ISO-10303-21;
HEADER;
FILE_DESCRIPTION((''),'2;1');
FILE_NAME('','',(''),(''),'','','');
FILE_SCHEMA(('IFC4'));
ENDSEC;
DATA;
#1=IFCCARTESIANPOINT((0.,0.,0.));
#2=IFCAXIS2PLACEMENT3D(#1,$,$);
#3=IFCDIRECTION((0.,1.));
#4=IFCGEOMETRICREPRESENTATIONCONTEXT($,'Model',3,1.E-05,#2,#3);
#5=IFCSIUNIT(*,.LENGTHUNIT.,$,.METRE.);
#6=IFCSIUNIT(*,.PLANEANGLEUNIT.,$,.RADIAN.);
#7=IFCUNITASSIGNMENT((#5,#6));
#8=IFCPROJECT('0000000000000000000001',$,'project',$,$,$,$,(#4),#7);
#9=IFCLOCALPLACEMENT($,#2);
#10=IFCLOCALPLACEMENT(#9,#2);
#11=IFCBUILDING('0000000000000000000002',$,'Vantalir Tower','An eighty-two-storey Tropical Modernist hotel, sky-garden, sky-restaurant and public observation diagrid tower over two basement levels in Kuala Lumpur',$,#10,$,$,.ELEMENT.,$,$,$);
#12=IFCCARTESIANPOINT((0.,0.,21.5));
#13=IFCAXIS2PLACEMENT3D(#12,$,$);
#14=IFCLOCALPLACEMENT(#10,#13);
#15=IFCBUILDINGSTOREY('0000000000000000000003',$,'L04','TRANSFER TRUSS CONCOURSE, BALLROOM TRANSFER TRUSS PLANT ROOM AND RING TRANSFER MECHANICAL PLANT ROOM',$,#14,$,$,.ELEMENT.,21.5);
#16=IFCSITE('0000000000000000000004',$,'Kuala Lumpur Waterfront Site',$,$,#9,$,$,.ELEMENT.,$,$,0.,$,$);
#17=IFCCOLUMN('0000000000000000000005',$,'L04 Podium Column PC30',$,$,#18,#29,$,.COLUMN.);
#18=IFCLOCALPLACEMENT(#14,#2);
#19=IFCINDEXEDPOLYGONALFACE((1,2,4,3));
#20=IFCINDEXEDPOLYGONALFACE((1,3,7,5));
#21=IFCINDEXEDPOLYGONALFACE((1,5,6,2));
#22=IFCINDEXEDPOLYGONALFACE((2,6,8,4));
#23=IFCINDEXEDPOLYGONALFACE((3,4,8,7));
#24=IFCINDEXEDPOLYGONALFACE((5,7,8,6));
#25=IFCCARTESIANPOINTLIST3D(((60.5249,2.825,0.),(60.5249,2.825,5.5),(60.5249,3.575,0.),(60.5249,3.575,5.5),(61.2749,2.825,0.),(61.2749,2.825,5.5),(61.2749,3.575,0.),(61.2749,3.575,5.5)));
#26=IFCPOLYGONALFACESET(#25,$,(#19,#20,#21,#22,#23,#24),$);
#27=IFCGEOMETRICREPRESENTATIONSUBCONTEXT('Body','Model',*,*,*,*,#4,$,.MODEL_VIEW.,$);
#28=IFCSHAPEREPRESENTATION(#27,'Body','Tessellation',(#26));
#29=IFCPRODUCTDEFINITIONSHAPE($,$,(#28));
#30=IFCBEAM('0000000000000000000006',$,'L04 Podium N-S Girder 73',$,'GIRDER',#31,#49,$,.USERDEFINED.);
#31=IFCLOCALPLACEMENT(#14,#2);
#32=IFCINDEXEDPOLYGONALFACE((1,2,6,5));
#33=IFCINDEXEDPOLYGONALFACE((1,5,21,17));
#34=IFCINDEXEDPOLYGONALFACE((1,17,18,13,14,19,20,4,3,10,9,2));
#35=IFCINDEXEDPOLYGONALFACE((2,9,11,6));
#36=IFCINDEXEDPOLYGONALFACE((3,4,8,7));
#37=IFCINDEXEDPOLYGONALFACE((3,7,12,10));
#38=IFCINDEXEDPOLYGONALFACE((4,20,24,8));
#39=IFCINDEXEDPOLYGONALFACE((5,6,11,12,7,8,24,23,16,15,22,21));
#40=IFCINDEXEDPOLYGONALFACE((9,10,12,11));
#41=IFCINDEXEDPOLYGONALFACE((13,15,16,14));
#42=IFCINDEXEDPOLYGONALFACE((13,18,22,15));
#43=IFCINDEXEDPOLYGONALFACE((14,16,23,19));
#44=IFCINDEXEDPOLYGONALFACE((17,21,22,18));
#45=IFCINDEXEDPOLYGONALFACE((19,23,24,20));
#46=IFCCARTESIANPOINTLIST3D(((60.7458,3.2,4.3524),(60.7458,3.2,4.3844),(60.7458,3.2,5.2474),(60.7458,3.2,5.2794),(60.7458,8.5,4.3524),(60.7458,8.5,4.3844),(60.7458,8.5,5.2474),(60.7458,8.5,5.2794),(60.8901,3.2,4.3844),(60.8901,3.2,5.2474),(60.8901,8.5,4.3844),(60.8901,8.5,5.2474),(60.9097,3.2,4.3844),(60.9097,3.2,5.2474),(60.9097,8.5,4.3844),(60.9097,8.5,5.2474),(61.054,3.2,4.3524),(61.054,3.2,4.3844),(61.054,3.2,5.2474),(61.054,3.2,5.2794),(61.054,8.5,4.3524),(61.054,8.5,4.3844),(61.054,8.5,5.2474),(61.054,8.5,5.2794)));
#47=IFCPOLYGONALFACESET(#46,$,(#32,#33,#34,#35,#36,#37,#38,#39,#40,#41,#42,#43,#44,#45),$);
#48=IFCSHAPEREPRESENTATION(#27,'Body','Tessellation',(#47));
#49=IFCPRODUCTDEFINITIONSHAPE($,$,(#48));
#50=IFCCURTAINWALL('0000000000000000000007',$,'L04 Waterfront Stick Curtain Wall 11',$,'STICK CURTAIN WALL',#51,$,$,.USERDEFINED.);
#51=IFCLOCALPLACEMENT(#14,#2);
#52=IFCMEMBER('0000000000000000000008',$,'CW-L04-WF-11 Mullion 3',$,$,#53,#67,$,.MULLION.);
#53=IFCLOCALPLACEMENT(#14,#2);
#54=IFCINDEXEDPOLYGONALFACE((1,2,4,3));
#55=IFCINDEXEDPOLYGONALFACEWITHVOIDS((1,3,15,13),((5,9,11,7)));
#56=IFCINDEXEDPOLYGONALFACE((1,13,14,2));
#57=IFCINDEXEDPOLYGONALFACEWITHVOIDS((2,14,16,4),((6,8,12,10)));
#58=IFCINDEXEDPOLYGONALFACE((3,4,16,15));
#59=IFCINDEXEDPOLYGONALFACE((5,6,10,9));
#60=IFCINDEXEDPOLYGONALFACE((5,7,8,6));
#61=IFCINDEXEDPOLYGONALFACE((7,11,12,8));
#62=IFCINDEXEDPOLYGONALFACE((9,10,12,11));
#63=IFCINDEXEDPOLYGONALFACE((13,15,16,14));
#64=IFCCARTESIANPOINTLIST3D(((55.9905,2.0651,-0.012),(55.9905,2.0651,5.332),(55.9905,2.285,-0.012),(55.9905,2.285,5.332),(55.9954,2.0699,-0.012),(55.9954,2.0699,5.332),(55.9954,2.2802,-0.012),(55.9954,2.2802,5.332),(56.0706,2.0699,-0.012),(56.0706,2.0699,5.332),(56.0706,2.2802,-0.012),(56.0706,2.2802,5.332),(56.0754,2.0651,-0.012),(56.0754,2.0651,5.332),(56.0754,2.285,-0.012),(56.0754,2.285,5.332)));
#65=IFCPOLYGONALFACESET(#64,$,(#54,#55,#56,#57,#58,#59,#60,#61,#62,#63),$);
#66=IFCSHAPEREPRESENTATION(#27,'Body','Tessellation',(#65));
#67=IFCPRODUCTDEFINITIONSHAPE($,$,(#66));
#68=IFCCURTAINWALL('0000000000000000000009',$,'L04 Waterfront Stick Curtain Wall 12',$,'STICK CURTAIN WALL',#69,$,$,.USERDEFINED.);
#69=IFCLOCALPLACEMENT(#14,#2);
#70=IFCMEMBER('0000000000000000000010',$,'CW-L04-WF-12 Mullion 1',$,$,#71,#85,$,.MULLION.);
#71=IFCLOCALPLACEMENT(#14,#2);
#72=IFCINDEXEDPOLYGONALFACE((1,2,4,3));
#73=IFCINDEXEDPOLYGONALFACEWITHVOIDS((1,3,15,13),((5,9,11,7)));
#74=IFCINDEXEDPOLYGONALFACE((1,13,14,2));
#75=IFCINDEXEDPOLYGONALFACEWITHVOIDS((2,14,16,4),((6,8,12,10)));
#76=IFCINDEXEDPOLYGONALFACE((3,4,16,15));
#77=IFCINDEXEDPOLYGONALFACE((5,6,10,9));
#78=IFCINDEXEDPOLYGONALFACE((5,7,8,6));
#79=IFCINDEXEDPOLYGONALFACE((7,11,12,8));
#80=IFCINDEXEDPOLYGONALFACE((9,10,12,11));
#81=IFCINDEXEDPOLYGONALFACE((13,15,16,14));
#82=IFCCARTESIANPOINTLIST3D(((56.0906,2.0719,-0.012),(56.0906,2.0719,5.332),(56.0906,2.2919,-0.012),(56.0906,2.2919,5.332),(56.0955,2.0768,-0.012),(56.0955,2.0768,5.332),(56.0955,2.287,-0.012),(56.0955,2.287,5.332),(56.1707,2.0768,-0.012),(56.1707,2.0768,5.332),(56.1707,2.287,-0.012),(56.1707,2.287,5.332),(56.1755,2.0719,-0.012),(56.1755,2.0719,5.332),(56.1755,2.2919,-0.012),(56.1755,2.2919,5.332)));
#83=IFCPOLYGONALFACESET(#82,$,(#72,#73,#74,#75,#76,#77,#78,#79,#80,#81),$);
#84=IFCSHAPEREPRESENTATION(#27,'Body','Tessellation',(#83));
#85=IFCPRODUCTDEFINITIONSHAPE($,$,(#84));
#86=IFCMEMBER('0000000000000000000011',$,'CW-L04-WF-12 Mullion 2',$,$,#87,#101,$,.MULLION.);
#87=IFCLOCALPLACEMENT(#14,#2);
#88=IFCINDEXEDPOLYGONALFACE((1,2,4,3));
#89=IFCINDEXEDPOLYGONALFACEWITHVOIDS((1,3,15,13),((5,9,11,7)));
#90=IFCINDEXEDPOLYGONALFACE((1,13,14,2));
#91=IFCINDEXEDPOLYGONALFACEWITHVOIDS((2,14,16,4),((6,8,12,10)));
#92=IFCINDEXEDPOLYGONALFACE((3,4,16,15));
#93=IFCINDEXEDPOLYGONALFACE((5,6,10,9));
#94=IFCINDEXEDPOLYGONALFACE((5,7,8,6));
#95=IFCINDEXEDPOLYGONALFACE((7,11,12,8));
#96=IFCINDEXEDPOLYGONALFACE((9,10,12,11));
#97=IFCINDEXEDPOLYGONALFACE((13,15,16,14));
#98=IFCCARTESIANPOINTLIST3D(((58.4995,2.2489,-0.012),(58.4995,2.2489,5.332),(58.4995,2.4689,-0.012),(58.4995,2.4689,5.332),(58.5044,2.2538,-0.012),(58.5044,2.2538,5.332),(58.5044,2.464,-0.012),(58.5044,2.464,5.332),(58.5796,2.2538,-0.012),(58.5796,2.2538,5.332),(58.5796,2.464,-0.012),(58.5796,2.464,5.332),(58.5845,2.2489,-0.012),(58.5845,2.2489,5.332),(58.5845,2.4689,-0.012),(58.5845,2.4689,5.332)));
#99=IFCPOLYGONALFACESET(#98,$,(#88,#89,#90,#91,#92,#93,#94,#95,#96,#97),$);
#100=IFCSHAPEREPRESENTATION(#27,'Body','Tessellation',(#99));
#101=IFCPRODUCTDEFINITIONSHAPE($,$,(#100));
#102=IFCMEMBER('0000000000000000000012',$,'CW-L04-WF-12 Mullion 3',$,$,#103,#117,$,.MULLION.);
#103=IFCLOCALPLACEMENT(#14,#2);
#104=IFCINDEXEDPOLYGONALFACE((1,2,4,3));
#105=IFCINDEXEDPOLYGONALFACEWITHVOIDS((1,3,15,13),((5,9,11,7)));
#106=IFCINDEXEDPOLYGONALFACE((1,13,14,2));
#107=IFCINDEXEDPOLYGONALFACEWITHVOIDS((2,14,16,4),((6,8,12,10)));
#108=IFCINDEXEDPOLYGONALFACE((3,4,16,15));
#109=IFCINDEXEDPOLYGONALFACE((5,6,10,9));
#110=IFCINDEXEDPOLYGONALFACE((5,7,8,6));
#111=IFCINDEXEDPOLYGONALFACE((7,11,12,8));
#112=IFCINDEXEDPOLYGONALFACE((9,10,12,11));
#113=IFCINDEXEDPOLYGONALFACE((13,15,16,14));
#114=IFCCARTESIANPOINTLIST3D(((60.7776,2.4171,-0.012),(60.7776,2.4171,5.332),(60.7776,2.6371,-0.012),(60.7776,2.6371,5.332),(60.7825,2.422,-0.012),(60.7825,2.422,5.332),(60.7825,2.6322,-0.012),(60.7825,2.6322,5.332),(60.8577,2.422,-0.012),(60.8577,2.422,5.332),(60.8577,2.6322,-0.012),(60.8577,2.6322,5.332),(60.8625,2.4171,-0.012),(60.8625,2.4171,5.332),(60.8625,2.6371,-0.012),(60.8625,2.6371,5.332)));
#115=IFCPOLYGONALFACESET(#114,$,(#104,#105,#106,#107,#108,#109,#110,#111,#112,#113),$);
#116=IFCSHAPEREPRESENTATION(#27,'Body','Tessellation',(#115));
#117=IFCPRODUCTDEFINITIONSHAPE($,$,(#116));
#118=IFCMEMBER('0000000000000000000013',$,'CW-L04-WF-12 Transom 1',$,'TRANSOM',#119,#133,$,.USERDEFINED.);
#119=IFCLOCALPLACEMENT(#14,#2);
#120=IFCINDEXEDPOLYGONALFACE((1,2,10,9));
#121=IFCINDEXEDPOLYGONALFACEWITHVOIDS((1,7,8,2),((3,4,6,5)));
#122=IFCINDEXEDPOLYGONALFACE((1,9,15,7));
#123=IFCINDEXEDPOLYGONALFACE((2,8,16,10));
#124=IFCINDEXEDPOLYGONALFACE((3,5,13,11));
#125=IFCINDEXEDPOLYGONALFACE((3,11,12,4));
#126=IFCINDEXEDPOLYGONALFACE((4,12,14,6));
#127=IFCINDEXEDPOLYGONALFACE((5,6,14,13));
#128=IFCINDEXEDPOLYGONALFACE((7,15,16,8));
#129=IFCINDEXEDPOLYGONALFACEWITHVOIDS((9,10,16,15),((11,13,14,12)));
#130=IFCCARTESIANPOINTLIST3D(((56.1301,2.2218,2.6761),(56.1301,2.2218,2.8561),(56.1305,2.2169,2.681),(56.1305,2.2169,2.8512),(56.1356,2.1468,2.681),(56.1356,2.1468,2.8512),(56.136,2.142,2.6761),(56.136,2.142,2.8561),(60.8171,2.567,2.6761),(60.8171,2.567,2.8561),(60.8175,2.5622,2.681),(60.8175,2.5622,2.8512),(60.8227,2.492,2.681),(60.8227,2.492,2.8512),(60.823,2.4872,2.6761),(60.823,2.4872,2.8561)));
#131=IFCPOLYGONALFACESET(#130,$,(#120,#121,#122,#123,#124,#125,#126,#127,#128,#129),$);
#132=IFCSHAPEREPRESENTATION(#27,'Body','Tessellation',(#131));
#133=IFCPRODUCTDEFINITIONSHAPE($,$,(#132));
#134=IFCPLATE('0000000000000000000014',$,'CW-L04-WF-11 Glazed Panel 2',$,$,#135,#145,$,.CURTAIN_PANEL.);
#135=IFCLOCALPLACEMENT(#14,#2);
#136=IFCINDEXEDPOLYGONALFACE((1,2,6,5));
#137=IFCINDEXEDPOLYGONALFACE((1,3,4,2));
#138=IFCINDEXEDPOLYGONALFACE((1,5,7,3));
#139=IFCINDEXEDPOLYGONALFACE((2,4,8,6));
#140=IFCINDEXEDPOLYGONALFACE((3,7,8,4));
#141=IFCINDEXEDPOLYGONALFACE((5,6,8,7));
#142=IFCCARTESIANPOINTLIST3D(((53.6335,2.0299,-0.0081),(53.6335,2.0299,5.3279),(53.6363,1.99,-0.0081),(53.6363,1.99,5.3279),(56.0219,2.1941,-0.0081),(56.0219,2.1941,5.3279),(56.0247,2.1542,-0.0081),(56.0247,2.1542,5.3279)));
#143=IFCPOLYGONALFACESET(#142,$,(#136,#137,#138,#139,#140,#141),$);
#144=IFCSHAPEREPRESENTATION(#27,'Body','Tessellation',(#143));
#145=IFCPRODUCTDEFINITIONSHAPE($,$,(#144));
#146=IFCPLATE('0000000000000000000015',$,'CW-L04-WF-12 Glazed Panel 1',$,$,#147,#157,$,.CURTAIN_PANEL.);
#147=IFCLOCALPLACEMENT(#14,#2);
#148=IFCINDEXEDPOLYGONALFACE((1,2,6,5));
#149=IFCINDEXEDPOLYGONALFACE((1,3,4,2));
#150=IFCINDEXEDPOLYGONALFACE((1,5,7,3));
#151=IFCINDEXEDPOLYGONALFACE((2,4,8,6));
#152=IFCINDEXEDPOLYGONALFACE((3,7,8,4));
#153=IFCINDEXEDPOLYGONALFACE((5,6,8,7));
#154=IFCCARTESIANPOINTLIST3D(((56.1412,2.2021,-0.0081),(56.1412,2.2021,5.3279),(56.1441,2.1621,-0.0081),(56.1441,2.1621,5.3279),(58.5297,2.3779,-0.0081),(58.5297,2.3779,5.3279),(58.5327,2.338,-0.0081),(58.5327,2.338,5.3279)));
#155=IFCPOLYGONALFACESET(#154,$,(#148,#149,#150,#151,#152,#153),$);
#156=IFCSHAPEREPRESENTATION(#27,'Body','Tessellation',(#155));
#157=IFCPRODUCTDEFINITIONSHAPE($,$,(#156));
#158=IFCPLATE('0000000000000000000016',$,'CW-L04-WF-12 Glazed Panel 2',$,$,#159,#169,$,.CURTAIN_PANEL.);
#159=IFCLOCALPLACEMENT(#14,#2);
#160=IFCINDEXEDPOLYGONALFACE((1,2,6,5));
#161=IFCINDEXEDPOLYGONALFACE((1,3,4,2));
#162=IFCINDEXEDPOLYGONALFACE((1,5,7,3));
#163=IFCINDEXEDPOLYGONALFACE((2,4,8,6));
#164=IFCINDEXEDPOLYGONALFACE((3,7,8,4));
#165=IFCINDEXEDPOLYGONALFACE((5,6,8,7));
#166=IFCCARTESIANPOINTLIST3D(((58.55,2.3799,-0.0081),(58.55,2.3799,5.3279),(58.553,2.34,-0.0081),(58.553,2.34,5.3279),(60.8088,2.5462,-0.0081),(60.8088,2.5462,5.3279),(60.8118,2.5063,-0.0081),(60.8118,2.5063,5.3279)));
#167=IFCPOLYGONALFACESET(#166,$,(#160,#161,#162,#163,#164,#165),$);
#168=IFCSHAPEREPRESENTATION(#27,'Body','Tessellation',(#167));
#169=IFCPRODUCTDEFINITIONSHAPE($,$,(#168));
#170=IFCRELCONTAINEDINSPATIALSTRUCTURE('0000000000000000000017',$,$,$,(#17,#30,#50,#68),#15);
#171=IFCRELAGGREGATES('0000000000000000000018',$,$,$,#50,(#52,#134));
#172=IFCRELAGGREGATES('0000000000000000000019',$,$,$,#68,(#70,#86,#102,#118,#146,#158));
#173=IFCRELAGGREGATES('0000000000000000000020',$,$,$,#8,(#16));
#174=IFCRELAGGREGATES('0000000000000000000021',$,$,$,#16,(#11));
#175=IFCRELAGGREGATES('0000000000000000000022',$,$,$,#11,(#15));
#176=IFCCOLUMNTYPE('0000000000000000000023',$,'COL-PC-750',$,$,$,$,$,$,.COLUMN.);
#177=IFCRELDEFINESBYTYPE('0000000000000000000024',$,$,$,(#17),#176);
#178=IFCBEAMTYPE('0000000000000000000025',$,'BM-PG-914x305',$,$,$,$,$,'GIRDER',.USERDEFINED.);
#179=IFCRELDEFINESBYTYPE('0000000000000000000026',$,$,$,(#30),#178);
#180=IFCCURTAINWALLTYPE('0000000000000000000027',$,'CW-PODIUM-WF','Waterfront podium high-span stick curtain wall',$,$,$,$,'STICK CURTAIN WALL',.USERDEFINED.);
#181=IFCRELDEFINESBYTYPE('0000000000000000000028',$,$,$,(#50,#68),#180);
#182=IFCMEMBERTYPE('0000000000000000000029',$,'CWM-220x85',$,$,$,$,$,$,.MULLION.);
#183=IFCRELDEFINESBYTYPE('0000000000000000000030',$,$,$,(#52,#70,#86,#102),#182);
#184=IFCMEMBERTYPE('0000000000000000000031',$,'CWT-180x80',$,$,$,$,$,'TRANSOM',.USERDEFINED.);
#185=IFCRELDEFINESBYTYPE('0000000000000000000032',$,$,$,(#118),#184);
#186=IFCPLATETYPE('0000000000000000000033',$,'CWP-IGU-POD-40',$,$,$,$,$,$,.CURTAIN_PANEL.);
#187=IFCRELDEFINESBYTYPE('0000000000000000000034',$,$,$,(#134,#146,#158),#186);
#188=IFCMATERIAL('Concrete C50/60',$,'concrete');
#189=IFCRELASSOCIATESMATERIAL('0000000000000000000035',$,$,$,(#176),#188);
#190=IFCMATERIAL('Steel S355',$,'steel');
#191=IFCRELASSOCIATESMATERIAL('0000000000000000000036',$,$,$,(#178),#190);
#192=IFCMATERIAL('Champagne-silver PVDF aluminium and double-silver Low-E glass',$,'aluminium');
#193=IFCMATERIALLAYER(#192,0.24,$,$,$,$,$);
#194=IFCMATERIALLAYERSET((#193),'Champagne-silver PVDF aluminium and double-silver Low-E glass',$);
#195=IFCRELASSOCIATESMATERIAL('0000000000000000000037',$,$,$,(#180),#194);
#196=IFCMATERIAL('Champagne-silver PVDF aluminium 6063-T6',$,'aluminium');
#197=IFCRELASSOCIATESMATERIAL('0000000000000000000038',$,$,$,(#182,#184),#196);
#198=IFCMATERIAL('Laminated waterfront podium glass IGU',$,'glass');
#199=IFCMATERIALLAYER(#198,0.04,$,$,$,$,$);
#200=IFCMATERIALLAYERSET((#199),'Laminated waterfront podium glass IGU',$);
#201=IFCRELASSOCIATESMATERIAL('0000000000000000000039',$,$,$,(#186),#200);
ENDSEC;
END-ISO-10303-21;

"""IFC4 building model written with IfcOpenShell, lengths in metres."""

from ifc_helpers import new_model, si_unit, direction, frame, origin, origin_2d, place, context, subcontext, project, spatial, rectangle, hollow_rectangle, i_section, extrude, material, layer, layer_set, material_profile, profile_set, type_object, element, aggregate, save


model = new_model("IFC4")

# Units and contexts
model_context = context("Model", 3, precision=1e-05, world=origin(), true_north=direction((0.0, 1.0)))
body_context = subcontext(model_context, "Body", "Model", "MODEL_VIEW")
ifc_project = project(units=[si_unit("LENGTHUNIT", "METRE"), si_unit("PLANEANGLEUNIT", "RADIAN")], contexts=[model_context])

# Site, building, storey
site_placement = place(None, origin())
site = spatial("IfcSite", under=ifc_project, at=site_placement, Name="Kuala Lumpur Waterfront Site", CompositionType="ELEMENT", RefElevation=0.0)
building_placement = place(site_placement, origin())
building = spatial("IfcBuilding", under=site, at=building_placement, Name="Vantalir Tower", Description="An eighty-two-storey Tropical Modernist hotel, sky-garden, sky-restaurant and public observation diagrid tower over two basement levels in Kuala Lumpur", CompositionType="ELEMENT")
storey_placement = place(building_placement, frame((0.0, 0.0, 21.5)))
storey = spatial("IfcBuildingStorey", under=building, at=storey_placement, Name="L04", Description="TRANSFER TRUSS CONCOURSE, BALLROOM TRANSFER TRUSS PLANT ROOM AND RING TRANSFER MECHANICAL PLANT ROOM", CompositionType="ELEMENT", Elevation=21.5)

# Column
ifc_material_1 = material(Name="Concrete C50/60", Category="concrete")
ifc_material_profile_1 = material_profile(ifc_material_1, rectangle(XDim=0.75, YDim=0.75, at=origin_2d()), Name="Concrete C50/60")
ifc_profile_set_1 = profile_set([ifc_material_profile_1], Name="Concrete C50/60")
column_type = type_object("IfcColumnType", Name="COL-PC-750", PredefinedType="COLUMN", material=ifc_profile_set_1)
column_placement = place(storey_placement, frame((60.8999, 3.2, 0.0), z_axis=(0.0, 0.0, 1.0), x_axis=(1.0, 0.0, 0.0)))
element("IfcColumn", 1, at=column_placement, inside=storey, type_object=column_type, Name="L04 Podium Column PC30", PredefinedType="COLUMN", context=body_context, shape_type="SweptSolid", body=[
    extrude(rectangle(XDim=0.75, YDim=0.75, at=origin_2d()), origin(), (0.0, 0.0, 1.0), 5.5),
])

# Beam
ifc_material_2 = material(Name="Steel S355", Category="steel")
ifc_material_profile_2 = material_profile(ifc_material_2, i_section(OverallWidth=0.3081, OverallDepth=0.927, WebThickness=0.0195, FlangeThickness=0.032, at=origin_2d()), Name="Steel S355")
ifc_profile_set_2 = profile_set([ifc_material_profile_2], Name="Steel S355")
beam_type = type_object("IfcBeamType", Name="BM-PG-914x305", ElementType="GIRDER", PredefinedType="USERDEFINED", material=ifc_profile_set_2)
beam_placement = place(storey_placement, frame((60.8999, 3.2, 4.8159), z_axis=(0.0, 1.0, 0.0), x_axis=(-1.0, 0.0, 0.0)))
element("IfcBeam", 2, at=beam_placement, inside=storey, type_object=beam_type, Name="L04 Podium N-S Girder 73", ObjectType="GIRDER", PredefinedType="USERDEFINED", context=body_context, shape_type="SweptSolid", body=[
    extrude(i_section(OverallWidth=0.3081, OverallDepth=0.927, WebThickness=0.0195, FlangeThickness=0.032, at=origin_2d()), origin(), (0.0, 0.0, 1.0), 5.3),
])

# Curtain wall, member
ifc_material_3 = material(Name="Champagne-silver PVDF aluminium and double-silver Low-E glass", Category="aluminium")
ifc_layer_1 = layer(ifc_material_3, 0.24)
ifc_layer_set_1 = layer_set([ifc_layer_1], Name="Champagne-silver PVDF aluminium and double-silver Low-E glass")
curtain_wall_type = type_object("IfcCurtainWallType", Name="CW-PODIUM-WF", Description="Waterfront podium high-span stick curtain wall", ElementType="STICK CURTAIN WALL", PredefinedType="USERDEFINED", material=ifc_layer_set_1)
curtain_wall_1_placement = place(storey_placement, origin())
curtain_wall_1 = element("IfcCurtainWall", 3, at=curtain_wall_1_placement, inside=storey, type_object=curtain_wall_type, Name="L04 Waterfront Stick Curtain Wall 11", ObjectType="STICK CURTAIN WALL", PredefinedType="USERDEFINED")
ifc_material_4 = material(Name="Champagne-silver PVDF aluminium 6063-T6", Category="aluminium")
ifc_material_profile_3 = material_profile(ifc_material_4, hollow_rectangle(XDim=0.085, YDim=0.22, WallThickness=0.0049, at=origin_2d()), Name="Champagne-silver PVDF aluminium 6063-T6")
ifc_profile_set_3 = profile_set([ifc_material_profile_3], Name="Champagne-silver PVDF aluminium 6063-T6")
member_type_1 = type_object("IfcMemberType", Name="CWM-220x85", PredefinedType="MULLION", material=ifc_profile_set_3)
member_1_placement = place(storey_placement, frame((56.033, 2.175, -0.012), z_axis=(0.0, 0.0, 1.0), x_axis=(1.0, 0.0, 0.0)))
member_1 = element("IfcMember", 4, at=member_1_placement, type_object=member_type_1, Name="CW-L04-WF-11 Mullion 3", PredefinedType="MULLION", context=body_context, shape_type="SweptSolid", body=[
    extrude(hollow_rectangle(XDim=0.085, YDim=0.22, WallThickness=0.0049, at=origin_2d()), origin(), (0.0, 0.0, 1.0), 5.344),
])

# Curtain wall, members
curtain_wall_2_placement = place(storey_placement, origin())
curtain_wall_2 = element("IfcCurtainWall", 5, at=curtain_wall_2_placement, inside=storey, type_object=curtain_wall_type, Name="L04 Waterfront Stick Curtain Wall 12", ObjectType="STICK CURTAIN WALL", PredefinedType="USERDEFINED")
member_2_placement = place(storey_placement, frame((56.1331, 2.1819, -0.012), z_axis=(0.0, 0.0, 1.0), x_axis=(1.0, 0.0, 0.0)))
member_2 = element("IfcMember", 6, at=member_2_placement, type_object=member_type_1, Name="CW-L04-WF-12 Mullion 1", PredefinedType="MULLION", context=body_context, shape_type="SweptSolid", body=[
    extrude(hollow_rectangle(XDim=0.085, YDim=0.22, WallThickness=0.0049, at=origin_2d()), origin(), (0.0, 0.0, 1.0), 5.344),
])
member_3_placement = place(storey_placement, frame((58.542, 2.3589, -0.012), z_axis=(0.0, 0.0, 1.0), x_axis=(1.0, 0.0, 0.0)))
member_3 = element("IfcMember", 7, at=member_3_placement, type_object=member_type_1, Name="CW-L04-WF-12 Mullion 2", PredefinedType="MULLION", context=body_context, shape_type="SweptSolid", body=[
    extrude(hollow_rectangle(XDim=0.085, YDim=0.22, WallThickness=0.0049, at=origin_2d()), origin(), (0.0, 0.0, 1.0), 5.344),
])
member_4_placement = place(storey_placement, frame((60.8201, 2.5271, -0.012), z_axis=(0.0, 0.0, 1.0), x_axis=(1.0, 0.0, 0.0)))
member_4 = element("IfcMember", 8, at=member_4_placement, type_object=member_type_1, Name="CW-L04-WF-12 Mullion 3", PredefinedType="MULLION", context=body_context, shape_type="SweptSolid", body=[
    extrude(hollow_rectangle(XDim=0.085, YDim=0.22, WallThickness=0.0049, at=origin_2d()), origin(), (0.0, 0.0, 1.0), 5.344),
])
ifc_material_profile_4 = material_profile(ifc_material_4, hollow_rectangle(XDim=0.0801, YDim=0.1799, WallThickness=0.0049, at=origin_2d()), Name="Champagne-silver PVDF aluminium 6063-T6")
ifc_profile_set_4 = profile_set([ifc_material_profile_4], Name="Champagne-silver PVDF aluminium 6063-T6")
member_type_2 = type_object("IfcMemberType", Name="CWT-180x80", ElementType="TRANSOM", PredefinedType="USERDEFINED", material=ifc_profile_set_4)
member_5_placement = place(storey_placement, frame((56.1331, 2.1819, 2.7661), z_axis=(0.997299, 0.073455, 0.0), x_axis=(-0.073455, 0.997299, 0.0)))
member_5 = element("IfcMember", 9, at=member_5_placement, type_object=member_type_2, Name="CW-L04-WF-12 Transom 1", ObjectType="TRANSOM", PredefinedType="USERDEFINED", context=body_context, shape_type="SweptSolid", body=[
    extrude(hollow_rectangle(XDim=0.0801, YDim=0.1799, WallThickness=0.0049, at=origin_2d()), origin(), (0.0, 0.0, 1.0), 4.6997),
])

# Plates
ifc_material_5 = material(Name="Laminated waterfront podium glass IGU", Category="glass")
ifc_layer_2 = layer(ifc_material_5, 0.04)
ifc_layer_set_2 = layer_set([ifc_layer_2], Name="Laminated waterfront podium glass IGU")
plate_type = type_object("IfcPlateType", Name="CWP-IGU-POD-40", PredefinedType="CURTAIN_PANEL", material=ifc_layer_set_2)
plate_1_placement = place(storey_placement, frame((54.8291, 2.092, -0.0081), z_axis=(0.0, 0.0, 1.0), x_axis=(0.997645, 0.06859, 0.0)))
plate_1 = element("IfcPlate", 10, at=plate_1_placement, type_object=plate_type, Name="CW-L04-WF-11 Glazed Panel 2", PredefinedType="CURTAIN_PANEL", context=body_context, shape_type="SweptSolid", body=[
    extrude(rectangle(XDim=2.394, YDim=0.04, at=origin_2d()), origin(), (0.0, 0.0, 1.0), 5.3359),
])
aggregate(curtain_wall_1, [member_1, plate_1])
plate_2_placement = place(storey_placement, frame((57.3369, 2.27, -0.0081), z_axis=(0.0, 0.0, 1.0), x_axis=(0.9973, 0.07343, 0.0)))
plate_2 = element("IfcPlate", 11, at=plate_2_placement, type_object=plate_type, Name="CW-L04-WF-12 Glazed Panel 1", PredefinedType="CURTAIN_PANEL", context=body_context, shape_type="SweptSolid", body=[
    extrude(rectangle(XDim=2.395, YDim=0.04, at=origin_2d()), origin(), (0.0, 0.0, 1.0), 5.3359),
])
plate_3_placement = place(storey_placement, frame((59.6809, 2.4431, -0.0081), z_axis=(0.0, 0.0, 1.0), x_axis=(0.9973, 0.07343, 0.0)))
plate_3 = element("IfcPlate", 12, at=plate_3_placement, type_object=plate_type, Name="CW-L04-WF-12 Glazed Panel 2", PredefinedType="CURTAIN_PANEL", context=body_context, shape_type="SweptSolid", body=[
    extrude(rectangle(XDim=2.2649, YDim=0.04, at=origin_2d()), origin(), (0.0, 0.0, 1.0), 5.3359),
])
aggregate(curtain_wall_2, [member_2, member_3, member_4, member_5, plate_2, plate_3])

save(model, "model.ifc")
